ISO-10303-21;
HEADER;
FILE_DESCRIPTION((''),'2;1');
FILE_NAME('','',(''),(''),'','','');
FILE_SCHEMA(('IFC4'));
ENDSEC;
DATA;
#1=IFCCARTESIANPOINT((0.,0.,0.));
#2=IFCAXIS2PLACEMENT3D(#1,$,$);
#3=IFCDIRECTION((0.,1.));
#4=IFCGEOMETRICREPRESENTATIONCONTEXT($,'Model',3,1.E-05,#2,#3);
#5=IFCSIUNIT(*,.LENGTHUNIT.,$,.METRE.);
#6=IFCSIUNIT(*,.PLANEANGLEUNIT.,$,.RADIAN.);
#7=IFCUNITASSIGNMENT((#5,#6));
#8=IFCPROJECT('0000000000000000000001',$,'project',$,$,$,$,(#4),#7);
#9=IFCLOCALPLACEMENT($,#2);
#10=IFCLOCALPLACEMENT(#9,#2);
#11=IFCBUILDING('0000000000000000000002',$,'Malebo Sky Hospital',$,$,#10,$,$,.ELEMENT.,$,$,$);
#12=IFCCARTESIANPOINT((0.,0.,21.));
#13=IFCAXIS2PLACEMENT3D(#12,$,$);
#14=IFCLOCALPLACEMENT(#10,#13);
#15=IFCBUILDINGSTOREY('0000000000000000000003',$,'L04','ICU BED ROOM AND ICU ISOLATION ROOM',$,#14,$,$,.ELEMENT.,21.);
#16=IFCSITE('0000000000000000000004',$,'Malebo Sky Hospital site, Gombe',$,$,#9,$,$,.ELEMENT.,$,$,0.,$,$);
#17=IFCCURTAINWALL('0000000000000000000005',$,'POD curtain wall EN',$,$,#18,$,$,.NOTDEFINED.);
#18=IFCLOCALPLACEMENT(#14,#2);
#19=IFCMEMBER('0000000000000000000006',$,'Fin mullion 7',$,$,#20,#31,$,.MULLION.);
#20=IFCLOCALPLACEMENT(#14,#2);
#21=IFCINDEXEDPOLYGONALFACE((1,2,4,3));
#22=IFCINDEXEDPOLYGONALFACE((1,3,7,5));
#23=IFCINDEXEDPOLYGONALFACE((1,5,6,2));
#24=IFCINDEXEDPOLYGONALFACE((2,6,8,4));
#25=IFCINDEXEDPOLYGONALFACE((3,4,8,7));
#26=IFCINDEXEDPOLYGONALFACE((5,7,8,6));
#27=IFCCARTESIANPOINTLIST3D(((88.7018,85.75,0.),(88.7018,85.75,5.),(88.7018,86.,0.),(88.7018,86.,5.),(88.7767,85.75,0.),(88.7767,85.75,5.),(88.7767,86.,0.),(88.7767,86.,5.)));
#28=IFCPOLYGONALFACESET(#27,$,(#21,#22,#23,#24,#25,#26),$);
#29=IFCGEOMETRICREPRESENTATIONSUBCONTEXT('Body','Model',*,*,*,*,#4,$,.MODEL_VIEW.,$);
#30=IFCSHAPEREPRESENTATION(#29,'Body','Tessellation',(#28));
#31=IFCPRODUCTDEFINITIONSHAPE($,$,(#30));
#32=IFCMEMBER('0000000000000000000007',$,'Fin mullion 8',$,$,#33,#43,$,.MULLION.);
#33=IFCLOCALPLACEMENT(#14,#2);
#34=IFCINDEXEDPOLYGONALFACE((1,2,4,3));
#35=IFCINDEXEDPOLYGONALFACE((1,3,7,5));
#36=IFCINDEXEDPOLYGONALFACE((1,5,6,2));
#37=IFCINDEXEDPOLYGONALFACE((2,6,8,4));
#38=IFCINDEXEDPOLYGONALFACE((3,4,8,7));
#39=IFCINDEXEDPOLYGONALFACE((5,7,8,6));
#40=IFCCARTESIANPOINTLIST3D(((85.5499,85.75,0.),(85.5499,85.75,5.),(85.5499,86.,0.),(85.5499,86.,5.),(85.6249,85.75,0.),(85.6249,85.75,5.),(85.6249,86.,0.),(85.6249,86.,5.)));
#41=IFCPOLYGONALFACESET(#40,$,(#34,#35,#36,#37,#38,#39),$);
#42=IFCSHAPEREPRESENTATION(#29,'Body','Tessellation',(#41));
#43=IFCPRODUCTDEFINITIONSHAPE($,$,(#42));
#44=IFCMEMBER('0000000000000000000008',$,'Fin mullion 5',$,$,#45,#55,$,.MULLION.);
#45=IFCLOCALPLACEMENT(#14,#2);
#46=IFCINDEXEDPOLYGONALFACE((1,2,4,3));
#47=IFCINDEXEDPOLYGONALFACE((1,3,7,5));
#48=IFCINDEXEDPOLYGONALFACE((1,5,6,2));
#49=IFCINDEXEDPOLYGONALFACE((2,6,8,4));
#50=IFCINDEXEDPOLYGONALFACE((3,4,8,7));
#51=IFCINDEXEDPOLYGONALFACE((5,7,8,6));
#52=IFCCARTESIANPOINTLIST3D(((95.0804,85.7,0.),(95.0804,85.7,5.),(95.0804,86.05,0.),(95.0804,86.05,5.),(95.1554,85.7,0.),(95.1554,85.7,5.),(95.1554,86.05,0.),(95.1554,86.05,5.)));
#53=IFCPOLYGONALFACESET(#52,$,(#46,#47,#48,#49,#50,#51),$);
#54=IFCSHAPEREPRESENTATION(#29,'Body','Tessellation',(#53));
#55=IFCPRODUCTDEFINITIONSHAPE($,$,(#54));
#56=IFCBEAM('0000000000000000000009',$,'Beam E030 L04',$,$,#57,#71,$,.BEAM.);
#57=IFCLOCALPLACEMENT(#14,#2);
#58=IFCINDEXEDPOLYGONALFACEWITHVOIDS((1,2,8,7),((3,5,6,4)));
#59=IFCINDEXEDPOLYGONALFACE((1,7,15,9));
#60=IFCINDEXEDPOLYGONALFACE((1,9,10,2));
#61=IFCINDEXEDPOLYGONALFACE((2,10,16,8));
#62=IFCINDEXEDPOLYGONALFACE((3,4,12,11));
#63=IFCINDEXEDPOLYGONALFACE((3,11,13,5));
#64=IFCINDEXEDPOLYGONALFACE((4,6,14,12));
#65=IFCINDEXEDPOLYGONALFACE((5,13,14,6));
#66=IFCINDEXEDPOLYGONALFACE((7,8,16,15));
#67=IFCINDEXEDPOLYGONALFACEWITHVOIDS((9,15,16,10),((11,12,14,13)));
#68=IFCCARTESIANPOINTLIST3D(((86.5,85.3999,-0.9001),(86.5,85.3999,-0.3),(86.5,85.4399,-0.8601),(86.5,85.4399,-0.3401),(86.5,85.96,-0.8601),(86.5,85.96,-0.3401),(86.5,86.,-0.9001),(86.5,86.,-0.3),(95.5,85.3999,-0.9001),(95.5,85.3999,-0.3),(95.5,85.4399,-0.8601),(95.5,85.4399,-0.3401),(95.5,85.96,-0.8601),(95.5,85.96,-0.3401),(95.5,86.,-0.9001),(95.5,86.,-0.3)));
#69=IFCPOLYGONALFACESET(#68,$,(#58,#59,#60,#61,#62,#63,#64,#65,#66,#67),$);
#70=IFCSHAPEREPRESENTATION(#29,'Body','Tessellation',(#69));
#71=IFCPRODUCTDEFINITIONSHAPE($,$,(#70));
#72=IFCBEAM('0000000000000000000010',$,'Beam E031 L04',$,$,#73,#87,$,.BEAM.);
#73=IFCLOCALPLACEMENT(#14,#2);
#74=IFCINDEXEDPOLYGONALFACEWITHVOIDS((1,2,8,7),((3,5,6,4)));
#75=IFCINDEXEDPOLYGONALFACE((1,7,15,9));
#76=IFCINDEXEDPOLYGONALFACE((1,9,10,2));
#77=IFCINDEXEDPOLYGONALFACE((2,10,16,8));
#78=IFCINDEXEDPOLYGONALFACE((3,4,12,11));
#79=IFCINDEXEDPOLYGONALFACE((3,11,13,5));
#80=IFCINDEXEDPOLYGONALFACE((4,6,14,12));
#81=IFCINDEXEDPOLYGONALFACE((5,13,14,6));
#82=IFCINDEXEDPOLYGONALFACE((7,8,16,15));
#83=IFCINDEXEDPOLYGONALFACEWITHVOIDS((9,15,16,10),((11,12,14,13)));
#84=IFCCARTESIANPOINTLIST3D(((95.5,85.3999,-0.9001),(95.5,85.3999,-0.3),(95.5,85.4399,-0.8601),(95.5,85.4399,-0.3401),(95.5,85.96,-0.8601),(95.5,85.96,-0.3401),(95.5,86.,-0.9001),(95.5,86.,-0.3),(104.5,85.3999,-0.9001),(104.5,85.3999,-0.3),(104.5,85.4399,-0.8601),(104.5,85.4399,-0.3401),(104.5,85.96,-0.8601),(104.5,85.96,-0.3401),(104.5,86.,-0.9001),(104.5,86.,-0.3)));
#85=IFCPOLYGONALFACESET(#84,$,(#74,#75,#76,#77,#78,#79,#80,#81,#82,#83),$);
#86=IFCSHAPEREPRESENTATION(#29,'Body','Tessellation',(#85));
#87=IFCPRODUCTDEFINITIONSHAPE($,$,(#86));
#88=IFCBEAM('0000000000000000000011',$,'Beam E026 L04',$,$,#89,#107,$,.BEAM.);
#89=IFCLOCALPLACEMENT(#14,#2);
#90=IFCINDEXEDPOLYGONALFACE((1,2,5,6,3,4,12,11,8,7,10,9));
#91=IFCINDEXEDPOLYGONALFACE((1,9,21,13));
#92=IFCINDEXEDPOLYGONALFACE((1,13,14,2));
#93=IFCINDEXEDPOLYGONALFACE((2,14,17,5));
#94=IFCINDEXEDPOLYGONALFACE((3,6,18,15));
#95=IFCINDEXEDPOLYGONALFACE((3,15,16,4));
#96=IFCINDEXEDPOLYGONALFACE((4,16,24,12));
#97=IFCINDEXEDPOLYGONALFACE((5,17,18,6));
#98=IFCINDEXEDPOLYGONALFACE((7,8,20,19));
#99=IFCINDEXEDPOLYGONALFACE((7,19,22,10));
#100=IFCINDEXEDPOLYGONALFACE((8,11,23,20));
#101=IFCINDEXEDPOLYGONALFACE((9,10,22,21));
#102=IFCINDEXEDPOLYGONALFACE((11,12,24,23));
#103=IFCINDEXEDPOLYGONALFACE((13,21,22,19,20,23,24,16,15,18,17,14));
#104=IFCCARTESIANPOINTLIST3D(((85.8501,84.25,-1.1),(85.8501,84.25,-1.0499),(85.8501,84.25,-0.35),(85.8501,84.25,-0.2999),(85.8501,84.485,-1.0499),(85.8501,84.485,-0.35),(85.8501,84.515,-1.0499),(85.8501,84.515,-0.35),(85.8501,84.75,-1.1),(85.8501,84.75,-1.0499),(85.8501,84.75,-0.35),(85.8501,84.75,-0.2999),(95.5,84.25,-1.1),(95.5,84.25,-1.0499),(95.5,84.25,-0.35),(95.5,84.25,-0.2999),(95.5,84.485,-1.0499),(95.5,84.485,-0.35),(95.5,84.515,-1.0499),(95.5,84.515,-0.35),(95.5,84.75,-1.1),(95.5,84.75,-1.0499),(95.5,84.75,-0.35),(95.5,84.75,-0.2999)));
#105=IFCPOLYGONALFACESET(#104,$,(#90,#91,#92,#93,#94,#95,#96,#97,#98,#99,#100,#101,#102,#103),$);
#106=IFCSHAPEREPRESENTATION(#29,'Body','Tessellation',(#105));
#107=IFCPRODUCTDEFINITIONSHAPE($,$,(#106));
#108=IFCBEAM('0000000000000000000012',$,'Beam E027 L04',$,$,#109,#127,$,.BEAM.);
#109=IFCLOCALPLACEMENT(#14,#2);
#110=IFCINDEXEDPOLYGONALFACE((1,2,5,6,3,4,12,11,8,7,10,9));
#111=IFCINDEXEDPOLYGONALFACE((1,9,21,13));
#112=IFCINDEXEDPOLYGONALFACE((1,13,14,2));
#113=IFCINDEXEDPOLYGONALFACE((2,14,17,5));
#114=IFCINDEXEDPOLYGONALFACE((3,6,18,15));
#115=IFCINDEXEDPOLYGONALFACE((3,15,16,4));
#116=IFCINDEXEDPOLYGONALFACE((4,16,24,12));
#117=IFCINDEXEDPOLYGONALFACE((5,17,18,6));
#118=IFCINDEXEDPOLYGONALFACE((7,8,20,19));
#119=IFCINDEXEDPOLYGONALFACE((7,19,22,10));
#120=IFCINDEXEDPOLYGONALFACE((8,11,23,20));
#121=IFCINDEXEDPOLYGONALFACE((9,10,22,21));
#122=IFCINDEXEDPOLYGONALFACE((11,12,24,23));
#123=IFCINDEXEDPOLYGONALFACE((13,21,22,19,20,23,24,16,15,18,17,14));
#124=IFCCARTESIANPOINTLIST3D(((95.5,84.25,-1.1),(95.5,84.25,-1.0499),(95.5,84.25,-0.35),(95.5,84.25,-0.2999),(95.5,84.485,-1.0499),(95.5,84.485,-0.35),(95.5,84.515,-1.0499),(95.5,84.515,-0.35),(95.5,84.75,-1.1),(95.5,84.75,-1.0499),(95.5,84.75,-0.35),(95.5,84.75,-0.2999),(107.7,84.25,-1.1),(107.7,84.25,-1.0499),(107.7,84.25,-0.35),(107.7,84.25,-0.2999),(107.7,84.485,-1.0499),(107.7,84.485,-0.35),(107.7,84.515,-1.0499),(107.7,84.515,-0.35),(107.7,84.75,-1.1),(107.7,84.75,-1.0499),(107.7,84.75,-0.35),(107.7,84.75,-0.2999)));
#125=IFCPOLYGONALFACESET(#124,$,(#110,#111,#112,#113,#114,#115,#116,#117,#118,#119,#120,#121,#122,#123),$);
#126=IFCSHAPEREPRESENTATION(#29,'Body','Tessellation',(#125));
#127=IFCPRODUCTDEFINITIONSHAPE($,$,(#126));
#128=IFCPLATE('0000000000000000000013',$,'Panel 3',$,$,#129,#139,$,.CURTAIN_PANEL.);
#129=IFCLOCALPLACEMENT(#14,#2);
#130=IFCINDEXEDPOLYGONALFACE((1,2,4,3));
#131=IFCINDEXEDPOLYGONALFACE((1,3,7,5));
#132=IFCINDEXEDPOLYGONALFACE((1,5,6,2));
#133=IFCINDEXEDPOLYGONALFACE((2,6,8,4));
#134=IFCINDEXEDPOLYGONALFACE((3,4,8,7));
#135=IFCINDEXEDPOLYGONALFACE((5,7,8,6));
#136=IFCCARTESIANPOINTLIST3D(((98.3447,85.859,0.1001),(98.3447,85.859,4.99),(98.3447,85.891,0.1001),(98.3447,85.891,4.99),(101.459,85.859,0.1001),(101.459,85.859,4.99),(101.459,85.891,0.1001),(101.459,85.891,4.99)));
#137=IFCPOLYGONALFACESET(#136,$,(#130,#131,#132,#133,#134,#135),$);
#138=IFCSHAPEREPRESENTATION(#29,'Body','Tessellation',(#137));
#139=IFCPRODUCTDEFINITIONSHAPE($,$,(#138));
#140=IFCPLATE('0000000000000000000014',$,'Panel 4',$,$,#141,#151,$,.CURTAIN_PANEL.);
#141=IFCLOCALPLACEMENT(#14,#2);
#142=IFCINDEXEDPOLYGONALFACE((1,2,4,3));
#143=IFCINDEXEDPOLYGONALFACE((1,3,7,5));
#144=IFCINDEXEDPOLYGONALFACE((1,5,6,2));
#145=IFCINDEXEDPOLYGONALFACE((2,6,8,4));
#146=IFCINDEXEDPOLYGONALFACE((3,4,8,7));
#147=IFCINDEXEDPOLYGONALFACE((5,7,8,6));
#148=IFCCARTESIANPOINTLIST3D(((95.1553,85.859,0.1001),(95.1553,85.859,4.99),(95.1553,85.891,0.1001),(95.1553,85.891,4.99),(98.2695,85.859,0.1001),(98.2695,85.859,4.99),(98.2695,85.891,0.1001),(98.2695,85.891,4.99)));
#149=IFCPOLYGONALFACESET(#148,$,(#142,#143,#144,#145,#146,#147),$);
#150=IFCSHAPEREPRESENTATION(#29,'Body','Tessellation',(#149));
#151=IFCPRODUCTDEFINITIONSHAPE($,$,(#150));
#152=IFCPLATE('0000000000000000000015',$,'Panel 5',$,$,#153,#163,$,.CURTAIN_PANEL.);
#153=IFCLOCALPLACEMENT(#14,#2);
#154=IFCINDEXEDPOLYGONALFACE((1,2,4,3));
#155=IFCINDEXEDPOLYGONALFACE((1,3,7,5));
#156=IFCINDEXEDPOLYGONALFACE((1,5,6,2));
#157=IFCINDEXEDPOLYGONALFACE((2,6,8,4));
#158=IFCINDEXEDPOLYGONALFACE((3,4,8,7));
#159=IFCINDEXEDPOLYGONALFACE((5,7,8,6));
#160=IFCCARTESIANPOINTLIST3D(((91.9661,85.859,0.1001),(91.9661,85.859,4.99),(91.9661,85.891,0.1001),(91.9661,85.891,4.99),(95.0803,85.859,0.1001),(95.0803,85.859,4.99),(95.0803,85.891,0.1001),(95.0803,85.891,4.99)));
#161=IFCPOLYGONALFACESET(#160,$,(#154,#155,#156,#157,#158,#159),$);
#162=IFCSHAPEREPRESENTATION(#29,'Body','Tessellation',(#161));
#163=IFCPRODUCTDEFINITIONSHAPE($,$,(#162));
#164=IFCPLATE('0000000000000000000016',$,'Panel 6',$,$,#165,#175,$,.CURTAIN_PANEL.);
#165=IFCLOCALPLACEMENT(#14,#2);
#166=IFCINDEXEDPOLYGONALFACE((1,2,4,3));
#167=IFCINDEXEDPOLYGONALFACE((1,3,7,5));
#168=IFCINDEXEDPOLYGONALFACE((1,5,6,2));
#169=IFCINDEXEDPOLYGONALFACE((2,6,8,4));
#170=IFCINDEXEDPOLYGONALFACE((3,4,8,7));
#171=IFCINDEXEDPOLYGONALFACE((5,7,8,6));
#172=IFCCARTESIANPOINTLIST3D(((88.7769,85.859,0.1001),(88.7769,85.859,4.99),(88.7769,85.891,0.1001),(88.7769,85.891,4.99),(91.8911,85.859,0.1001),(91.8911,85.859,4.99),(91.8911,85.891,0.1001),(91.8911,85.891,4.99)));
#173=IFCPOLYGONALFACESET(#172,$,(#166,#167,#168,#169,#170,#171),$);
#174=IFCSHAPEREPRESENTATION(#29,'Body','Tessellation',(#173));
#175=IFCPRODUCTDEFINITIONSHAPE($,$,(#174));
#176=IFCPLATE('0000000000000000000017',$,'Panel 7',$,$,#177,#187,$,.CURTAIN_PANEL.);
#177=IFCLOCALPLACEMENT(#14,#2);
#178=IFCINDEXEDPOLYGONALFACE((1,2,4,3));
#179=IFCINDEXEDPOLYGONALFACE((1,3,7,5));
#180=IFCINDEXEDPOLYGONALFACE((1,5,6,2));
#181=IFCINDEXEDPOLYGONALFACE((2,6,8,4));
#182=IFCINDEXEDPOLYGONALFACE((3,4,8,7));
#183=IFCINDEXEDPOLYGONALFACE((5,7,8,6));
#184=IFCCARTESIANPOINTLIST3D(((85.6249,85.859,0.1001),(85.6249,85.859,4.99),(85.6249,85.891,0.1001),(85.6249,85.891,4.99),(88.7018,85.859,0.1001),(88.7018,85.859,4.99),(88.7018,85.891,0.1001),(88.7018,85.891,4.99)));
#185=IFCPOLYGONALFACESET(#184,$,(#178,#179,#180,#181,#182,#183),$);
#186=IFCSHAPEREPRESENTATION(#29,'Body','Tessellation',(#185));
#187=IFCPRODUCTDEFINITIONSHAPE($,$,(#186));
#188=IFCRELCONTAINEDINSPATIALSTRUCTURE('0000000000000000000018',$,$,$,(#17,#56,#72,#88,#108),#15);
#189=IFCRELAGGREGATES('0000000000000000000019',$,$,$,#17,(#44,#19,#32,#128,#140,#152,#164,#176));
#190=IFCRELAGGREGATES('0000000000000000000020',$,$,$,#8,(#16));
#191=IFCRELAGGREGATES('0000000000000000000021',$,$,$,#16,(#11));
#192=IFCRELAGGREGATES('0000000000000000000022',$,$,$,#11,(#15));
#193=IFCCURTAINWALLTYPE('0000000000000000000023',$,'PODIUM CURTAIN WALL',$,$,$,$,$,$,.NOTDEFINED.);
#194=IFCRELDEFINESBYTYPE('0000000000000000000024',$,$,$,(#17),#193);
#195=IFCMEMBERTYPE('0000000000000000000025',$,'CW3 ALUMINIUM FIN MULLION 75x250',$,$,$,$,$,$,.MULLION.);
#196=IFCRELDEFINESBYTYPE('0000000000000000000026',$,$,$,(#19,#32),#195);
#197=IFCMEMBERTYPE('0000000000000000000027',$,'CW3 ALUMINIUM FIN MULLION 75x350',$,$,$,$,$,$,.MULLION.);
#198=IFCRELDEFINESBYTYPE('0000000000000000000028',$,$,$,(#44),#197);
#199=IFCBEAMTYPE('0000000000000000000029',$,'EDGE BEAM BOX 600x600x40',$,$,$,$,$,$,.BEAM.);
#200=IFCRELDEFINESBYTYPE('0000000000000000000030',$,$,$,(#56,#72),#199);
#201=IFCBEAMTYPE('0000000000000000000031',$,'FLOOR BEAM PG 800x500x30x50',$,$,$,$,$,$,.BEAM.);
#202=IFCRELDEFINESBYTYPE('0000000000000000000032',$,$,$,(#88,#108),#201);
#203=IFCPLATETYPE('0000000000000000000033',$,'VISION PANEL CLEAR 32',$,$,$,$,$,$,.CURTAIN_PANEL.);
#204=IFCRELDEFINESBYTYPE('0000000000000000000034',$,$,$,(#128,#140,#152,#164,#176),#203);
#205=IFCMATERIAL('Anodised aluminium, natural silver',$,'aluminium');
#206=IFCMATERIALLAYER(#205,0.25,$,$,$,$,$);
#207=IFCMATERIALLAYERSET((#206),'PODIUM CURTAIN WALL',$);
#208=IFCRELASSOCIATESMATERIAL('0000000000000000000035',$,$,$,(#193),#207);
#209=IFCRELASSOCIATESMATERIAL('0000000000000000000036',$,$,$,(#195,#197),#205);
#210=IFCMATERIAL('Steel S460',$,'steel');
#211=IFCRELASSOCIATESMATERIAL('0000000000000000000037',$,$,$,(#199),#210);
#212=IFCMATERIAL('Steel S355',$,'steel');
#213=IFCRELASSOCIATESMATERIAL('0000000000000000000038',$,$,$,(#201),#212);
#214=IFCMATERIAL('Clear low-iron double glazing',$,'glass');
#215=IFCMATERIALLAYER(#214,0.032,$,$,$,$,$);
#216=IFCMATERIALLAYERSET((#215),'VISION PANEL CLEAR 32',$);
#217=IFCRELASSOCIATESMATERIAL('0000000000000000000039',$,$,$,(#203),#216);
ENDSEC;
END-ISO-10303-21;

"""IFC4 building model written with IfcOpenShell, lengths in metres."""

from ifc_helpers import new_model, si_unit, direction, frame, origin, origin_2d, place, context, subcontext, project, spatial, rectangle, hollow_rectangle, i_section, extrude, material, layer, layer_set, material_profile, profile_set, type_object, element, aggregate, save


model = new_model("IFC4")

# Units and contexts
model_context = context("Model", 3, precision=1e-05, world=origin(), true_north=direction((0.0, 1.0)))
body_context = subcontext(model_context, "Body", "Model", "MODEL_VIEW")
ifc_project = project(units=[si_unit("LENGTHUNIT", "METRE"), si_unit("PLANEANGLEUNIT", "RADIAN")], contexts=[model_context])

# Site, building, storey
site_placement = place(None, origin())
site = spatial("IfcSite", under=ifc_project, at=site_placement, Name="Malebo Sky Hospital site, Gombe", CompositionType="ELEMENT", RefElevation=0.0)
building_placement = place(site_placement, origin())
building = spatial("IfcBuilding", under=site, at=building_placement, Name="Malebo Sky Hospital", CompositionType="ELEMENT")
storey_placement = place(building_placement, frame((0.0, 0.0, 21.0)))
storey = spatial("IfcBuildingStorey", under=building, at=storey_placement, Name="L04", Description="ICU BED ROOM AND ICU ISOLATION ROOM", CompositionType="ELEMENT", Elevation=21.0)

# Shared definitions
ifc_material_1 = material(Name="Steel S460", Category="steel")
ifc_material_2 = material(Name="Steel S355", Category="steel")

# Curtain wall, members
ifc_material_3 = material(Name="Anodised aluminium, natural silver", Category="aluminium")
ifc_layer_1 = layer(ifc_material_3, 0.25)
ifc_layer_set_1 = layer_set([ifc_layer_1], Name="PODIUM CURTAIN WALL")
curtain_wall_type = type_object("IfcCurtainWallType", Name="PODIUM CURTAIN WALL", PredefinedType="NOTDEFINED", material=ifc_layer_set_1)
curtain_wall_placement = place(storey_placement, origin())
curtain_wall = element("IfcCurtainWall", 1, at=curtain_wall_placement, inside=storey, type_object=curtain_wall_type, Name="POD curtain wall EN", PredefinedType="NOTDEFINED")
ifc_material_profile_1 = material_profile(ifc_material_3, rectangle(XDim=0.075, YDim=0.25, at=origin_2d()), Name="CW3 ALUMINIUM FIN MULLION 75x250")
ifc_profile_set_1 = profile_set([ifc_material_profile_1], Name="Anodised aluminium, natural silver")
member_type_1 = type_object("IfcMemberType", Name="CW3 ALUMINIUM FIN MULLION 75x250", PredefinedType="MULLION", material=ifc_profile_set_1)
member_1_placement = place(storey_placement, frame((88.7393, 85.875, 0.0), z_axis=(0.0, 0.0, 1.0), x_axis=(-1.0, 0.0, 0.0)))
member_1 = element("IfcMember", 2, at=member_1_placement, type_object=member_type_1, Name="Fin mullion 7", PredefinedType="MULLION", context=body_context, shape_type="SweptSolid", body=[
    extrude(rectangle(XDim=0.075, YDim=0.25, at=origin_2d()), origin(), (0.0, 0.0, 1.0), 5.0),
])
member_2_placement = place(storey_placement, frame((85.5874, 85.875, 0.0), z_axis=(0.0, 0.0, 1.0), x_axis=(-1.0, 0.0, 0.0)))
member_2 = element("IfcMember", 3, at=member_2_placement, type_object=member_type_1, Name="Fin mullion 8", PredefinedType="MULLION", context=body_context, shape_type="SweptSolid", body=[
    extrude(rectangle(XDim=0.075, YDim=0.25, at=origin_2d()), origin(), (0.0, 0.0, 1.0), 5.0),
])
ifc_material_profile_2 = material_profile(ifc_material_3, rectangle(XDim=0.075, YDim=0.3501, at=origin_2d()), Name="CW3 ALUMINIUM FIN MULLION 75x350")
ifc_profile_set_2 = profile_set([ifc_material_profile_2], Name="Anodised aluminium, natural silver")
member_type_2 = type_object("IfcMemberType", Name="CW3 ALUMINIUM FIN MULLION 75x350", PredefinedType="MULLION", material=ifc_profile_set_2)
member_3_placement = place(storey_placement, frame((95.1179, 85.875, 0.0), z_axis=(0.0, 0.0, 1.0), x_axis=(-1.0, 0.0, 0.0)))
member_3 = element("IfcMember", 4, at=member_3_placement, type_object=member_type_2, Name="Fin mullion 5", PredefinedType="MULLION", context=body_context, shape_type="SweptSolid", body=[
    extrude(rectangle(XDim=0.075, YDim=0.3501, at=origin_2d()), origin(), (0.0, 0.0, 1.0), 5.0),
])

# Beams
ifc_material_profile_3 = material_profile(ifc_material_1, hollow_rectangle(XDim=0.6001, YDim=0.6001, WallThickness=0.04, at=origin_2d()), Name="BOX 600x600x40")
ifc_profile_set_3 = profile_set([ifc_material_profile_3], Name="Steel S460")
beam_type_1 = type_object("IfcBeamType", Name="EDGE BEAM BOX 600x600x40", PredefinedType="BEAM", material=ifc_profile_set_3)
for number, where, z_axis, x_axis, name in (
    (5, (86.5, 85.7, -0.6001), (1.0, 0.0, 0.0), (0.0, 1.0, 0.0), "Beam E030 L04"),
    (6, (95.5, 85.7, -0.6001), (1.0, 0.0, 0.0), (0.0, 1.0, 0.0), "Beam E031 L04"),
):
    element("IfcBeam", number, at=place(storey_placement, frame(where, z_axis=z_axis, x_axis=x_axis)), inside=storey, type_object=beam_type_1, Name=name, PredefinedType="BEAM", context=body_context, shape_type="SweptSolid", body=[
        extrude(hollow_rectangle(XDim=0.6001, YDim=0.6001, WallThickness=0.04, at=origin_2d()), origin(), (0.0, 0.0, 1.0), 9.0),
    ])
ifc_material_profile_4 = material_profile(ifc_material_2, i_section(OverallWidth=0.5, OverallDepth=0.8, WebThickness=0.03, FlangeThickness=0.05, at=origin_2d()), Name="PG 800x500x30x50")
ifc_profile_set_4 = profile_set([ifc_material_profile_4], Name="Steel S355")
beam_type_2 = type_object("IfcBeamType", Name="FLOOR BEAM PG 800x500x30x50", PredefinedType="BEAM", material=ifc_profile_set_4)
beam_1_placement = place(storey_placement, frame((85.8501, 84.5, -0.7), z_axis=(1.0, 0.0, 0.0), x_axis=(0.0, 1.0, 0.0)))
element("IfcBeam", 7, at=beam_1_placement, inside=storey, type_object=beam_type_2, Name="Beam E026 L04", PredefinedType="BEAM", context=body_context, shape_type="SweptSolid", body=[
    extrude(i_section(OverallWidth=0.5, OverallDepth=0.8, WebThickness=0.03, FlangeThickness=0.05, at=origin_2d()), origin(), (0.0, 0.0, 1.0), 9.6499),
])
beam_2_placement = place(storey_placement, frame((95.5, 84.5, -0.7), z_axis=(1.0, 0.0, 0.0), x_axis=(0.0, 1.0, 0.0)))
element("IfcBeam", 8, at=beam_2_placement, inside=storey, type_object=beam_type_2, Name="Beam E027 L04", PredefinedType="BEAM", context=body_context, shape_type="SweptSolid", body=[
    extrude(i_section(OverallWidth=0.5, OverallDepth=0.8, WebThickness=0.03, FlangeThickness=0.05, at=origin_2d()), origin(), (0.0, 0.0, 1.0), 12.2),
])

# Plates
ifc_material_4 = material(Name="Clear low-iron double glazing", Category="glass")
ifc_layer_2 = layer(ifc_material_4, 0.032)
ifc_layer_set_2 = layer_set([ifc_layer_2], Name="VISION PANEL CLEAR 32")
plate_type = type_object("IfcPlateType", Name="VISION PANEL CLEAR 32", PredefinedType="CURTAIN_PANEL", material=ifc_layer_set_2)
plate_1_placement = place(storey_placement, frame((99.9019, 85.875, 0.1001), z_axis=(0.0, 0.0, 1.0), x_axis=(-1.0, 0.0, 0.0)))
plate_1 = element("IfcPlate", 9, at=plate_1_placement, type_object=plate_type, Name="Panel 3", PredefinedType="CURTAIN_PANEL", context=body_context, shape_type="SweptSolid", body=[
    extrude(rectangle(XDim=3.1143, YDim=0.032, at=origin_2d()), origin(), (0.0, 0.0, 1.0), 4.8899),
])
plate_2_placement = place(storey_placement, frame((96.7124, 85.875, 0.1001), z_axis=(0.0, 0.0, 1.0), x_axis=(-1.0, 0.0, 0.0)))
plate_2 = element("IfcPlate", 10, at=plate_2_placement, type_object=plate_type, Name="Panel 4", PredefinedType="CURTAIN_PANEL", context=body_context, shape_type="SweptSolid", body=[
    extrude(rectangle(XDim=3.1143, YDim=0.032, at=origin_2d()), origin(), (0.0, 0.0, 1.0), 4.8899),
])
plate_3_placement = place(storey_placement, frame((93.5232, 85.875, 0.1001), z_axis=(0.0, 0.0, 1.0), x_axis=(-1.0, 0.0, 0.0)))
plate_3 = element("IfcPlate", 11, at=plate_3_placement, type_object=plate_type, Name="Panel 5", PredefinedType="CURTAIN_PANEL", context=body_context, shape_type="SweptSolid", body=[
    extrude(rectangle(XDim=3.1143, YDim=0.032, at=origin_2d()), origin(), (0.0, 0.0, 1.0), 4.8899),
])
plate_4_placement = place(storey_placement, frame((90.334, 85.875, 0.1001), z_axis=(0.0, 0.0, 1.0), x_axis=(-1.0, 0.0, 0.0)))
plate_4 = element("IfcPlate", 12, at=plate_4_placement, type_object=plate_type, Name="Panel 6", PredefinedType="CURTAIN_PANEL", context=body_context, shape_type="SweptSolid", body=[
    extrude(rectangle(XDim=3.1143, YDim=0.032, at=origin_2d()), origin(), (0.0, 0.0, 1.0), 4.8899),
])
plate_5_placement = place(storey_placement, frame((87.1633, 85.875, 0.1001), z_axis=(0.0, 0.0, 1.0), x_axis=(-1.0, 0.0, 0.0)))
plate_5 = element("IfcPlate", 13, at=plate_5_placement, type_object=plate_type, Name="Panel 7", PredefinedType="CURTAIN_PANEL", context=body_context, shape_type="SweptSolid", body=[
    extrude(rectangle(XDim=3.0769, YDim=0.032, at=origin_2d()), origin(), (0.0, 0.0, 1.0), 4.8899),
])
aggregate(curtain_wall, [member_3, member_1, member_2, plate_1, plate_2, plate_3, plate_4, plate_5])

save(model, "model.ifc")
